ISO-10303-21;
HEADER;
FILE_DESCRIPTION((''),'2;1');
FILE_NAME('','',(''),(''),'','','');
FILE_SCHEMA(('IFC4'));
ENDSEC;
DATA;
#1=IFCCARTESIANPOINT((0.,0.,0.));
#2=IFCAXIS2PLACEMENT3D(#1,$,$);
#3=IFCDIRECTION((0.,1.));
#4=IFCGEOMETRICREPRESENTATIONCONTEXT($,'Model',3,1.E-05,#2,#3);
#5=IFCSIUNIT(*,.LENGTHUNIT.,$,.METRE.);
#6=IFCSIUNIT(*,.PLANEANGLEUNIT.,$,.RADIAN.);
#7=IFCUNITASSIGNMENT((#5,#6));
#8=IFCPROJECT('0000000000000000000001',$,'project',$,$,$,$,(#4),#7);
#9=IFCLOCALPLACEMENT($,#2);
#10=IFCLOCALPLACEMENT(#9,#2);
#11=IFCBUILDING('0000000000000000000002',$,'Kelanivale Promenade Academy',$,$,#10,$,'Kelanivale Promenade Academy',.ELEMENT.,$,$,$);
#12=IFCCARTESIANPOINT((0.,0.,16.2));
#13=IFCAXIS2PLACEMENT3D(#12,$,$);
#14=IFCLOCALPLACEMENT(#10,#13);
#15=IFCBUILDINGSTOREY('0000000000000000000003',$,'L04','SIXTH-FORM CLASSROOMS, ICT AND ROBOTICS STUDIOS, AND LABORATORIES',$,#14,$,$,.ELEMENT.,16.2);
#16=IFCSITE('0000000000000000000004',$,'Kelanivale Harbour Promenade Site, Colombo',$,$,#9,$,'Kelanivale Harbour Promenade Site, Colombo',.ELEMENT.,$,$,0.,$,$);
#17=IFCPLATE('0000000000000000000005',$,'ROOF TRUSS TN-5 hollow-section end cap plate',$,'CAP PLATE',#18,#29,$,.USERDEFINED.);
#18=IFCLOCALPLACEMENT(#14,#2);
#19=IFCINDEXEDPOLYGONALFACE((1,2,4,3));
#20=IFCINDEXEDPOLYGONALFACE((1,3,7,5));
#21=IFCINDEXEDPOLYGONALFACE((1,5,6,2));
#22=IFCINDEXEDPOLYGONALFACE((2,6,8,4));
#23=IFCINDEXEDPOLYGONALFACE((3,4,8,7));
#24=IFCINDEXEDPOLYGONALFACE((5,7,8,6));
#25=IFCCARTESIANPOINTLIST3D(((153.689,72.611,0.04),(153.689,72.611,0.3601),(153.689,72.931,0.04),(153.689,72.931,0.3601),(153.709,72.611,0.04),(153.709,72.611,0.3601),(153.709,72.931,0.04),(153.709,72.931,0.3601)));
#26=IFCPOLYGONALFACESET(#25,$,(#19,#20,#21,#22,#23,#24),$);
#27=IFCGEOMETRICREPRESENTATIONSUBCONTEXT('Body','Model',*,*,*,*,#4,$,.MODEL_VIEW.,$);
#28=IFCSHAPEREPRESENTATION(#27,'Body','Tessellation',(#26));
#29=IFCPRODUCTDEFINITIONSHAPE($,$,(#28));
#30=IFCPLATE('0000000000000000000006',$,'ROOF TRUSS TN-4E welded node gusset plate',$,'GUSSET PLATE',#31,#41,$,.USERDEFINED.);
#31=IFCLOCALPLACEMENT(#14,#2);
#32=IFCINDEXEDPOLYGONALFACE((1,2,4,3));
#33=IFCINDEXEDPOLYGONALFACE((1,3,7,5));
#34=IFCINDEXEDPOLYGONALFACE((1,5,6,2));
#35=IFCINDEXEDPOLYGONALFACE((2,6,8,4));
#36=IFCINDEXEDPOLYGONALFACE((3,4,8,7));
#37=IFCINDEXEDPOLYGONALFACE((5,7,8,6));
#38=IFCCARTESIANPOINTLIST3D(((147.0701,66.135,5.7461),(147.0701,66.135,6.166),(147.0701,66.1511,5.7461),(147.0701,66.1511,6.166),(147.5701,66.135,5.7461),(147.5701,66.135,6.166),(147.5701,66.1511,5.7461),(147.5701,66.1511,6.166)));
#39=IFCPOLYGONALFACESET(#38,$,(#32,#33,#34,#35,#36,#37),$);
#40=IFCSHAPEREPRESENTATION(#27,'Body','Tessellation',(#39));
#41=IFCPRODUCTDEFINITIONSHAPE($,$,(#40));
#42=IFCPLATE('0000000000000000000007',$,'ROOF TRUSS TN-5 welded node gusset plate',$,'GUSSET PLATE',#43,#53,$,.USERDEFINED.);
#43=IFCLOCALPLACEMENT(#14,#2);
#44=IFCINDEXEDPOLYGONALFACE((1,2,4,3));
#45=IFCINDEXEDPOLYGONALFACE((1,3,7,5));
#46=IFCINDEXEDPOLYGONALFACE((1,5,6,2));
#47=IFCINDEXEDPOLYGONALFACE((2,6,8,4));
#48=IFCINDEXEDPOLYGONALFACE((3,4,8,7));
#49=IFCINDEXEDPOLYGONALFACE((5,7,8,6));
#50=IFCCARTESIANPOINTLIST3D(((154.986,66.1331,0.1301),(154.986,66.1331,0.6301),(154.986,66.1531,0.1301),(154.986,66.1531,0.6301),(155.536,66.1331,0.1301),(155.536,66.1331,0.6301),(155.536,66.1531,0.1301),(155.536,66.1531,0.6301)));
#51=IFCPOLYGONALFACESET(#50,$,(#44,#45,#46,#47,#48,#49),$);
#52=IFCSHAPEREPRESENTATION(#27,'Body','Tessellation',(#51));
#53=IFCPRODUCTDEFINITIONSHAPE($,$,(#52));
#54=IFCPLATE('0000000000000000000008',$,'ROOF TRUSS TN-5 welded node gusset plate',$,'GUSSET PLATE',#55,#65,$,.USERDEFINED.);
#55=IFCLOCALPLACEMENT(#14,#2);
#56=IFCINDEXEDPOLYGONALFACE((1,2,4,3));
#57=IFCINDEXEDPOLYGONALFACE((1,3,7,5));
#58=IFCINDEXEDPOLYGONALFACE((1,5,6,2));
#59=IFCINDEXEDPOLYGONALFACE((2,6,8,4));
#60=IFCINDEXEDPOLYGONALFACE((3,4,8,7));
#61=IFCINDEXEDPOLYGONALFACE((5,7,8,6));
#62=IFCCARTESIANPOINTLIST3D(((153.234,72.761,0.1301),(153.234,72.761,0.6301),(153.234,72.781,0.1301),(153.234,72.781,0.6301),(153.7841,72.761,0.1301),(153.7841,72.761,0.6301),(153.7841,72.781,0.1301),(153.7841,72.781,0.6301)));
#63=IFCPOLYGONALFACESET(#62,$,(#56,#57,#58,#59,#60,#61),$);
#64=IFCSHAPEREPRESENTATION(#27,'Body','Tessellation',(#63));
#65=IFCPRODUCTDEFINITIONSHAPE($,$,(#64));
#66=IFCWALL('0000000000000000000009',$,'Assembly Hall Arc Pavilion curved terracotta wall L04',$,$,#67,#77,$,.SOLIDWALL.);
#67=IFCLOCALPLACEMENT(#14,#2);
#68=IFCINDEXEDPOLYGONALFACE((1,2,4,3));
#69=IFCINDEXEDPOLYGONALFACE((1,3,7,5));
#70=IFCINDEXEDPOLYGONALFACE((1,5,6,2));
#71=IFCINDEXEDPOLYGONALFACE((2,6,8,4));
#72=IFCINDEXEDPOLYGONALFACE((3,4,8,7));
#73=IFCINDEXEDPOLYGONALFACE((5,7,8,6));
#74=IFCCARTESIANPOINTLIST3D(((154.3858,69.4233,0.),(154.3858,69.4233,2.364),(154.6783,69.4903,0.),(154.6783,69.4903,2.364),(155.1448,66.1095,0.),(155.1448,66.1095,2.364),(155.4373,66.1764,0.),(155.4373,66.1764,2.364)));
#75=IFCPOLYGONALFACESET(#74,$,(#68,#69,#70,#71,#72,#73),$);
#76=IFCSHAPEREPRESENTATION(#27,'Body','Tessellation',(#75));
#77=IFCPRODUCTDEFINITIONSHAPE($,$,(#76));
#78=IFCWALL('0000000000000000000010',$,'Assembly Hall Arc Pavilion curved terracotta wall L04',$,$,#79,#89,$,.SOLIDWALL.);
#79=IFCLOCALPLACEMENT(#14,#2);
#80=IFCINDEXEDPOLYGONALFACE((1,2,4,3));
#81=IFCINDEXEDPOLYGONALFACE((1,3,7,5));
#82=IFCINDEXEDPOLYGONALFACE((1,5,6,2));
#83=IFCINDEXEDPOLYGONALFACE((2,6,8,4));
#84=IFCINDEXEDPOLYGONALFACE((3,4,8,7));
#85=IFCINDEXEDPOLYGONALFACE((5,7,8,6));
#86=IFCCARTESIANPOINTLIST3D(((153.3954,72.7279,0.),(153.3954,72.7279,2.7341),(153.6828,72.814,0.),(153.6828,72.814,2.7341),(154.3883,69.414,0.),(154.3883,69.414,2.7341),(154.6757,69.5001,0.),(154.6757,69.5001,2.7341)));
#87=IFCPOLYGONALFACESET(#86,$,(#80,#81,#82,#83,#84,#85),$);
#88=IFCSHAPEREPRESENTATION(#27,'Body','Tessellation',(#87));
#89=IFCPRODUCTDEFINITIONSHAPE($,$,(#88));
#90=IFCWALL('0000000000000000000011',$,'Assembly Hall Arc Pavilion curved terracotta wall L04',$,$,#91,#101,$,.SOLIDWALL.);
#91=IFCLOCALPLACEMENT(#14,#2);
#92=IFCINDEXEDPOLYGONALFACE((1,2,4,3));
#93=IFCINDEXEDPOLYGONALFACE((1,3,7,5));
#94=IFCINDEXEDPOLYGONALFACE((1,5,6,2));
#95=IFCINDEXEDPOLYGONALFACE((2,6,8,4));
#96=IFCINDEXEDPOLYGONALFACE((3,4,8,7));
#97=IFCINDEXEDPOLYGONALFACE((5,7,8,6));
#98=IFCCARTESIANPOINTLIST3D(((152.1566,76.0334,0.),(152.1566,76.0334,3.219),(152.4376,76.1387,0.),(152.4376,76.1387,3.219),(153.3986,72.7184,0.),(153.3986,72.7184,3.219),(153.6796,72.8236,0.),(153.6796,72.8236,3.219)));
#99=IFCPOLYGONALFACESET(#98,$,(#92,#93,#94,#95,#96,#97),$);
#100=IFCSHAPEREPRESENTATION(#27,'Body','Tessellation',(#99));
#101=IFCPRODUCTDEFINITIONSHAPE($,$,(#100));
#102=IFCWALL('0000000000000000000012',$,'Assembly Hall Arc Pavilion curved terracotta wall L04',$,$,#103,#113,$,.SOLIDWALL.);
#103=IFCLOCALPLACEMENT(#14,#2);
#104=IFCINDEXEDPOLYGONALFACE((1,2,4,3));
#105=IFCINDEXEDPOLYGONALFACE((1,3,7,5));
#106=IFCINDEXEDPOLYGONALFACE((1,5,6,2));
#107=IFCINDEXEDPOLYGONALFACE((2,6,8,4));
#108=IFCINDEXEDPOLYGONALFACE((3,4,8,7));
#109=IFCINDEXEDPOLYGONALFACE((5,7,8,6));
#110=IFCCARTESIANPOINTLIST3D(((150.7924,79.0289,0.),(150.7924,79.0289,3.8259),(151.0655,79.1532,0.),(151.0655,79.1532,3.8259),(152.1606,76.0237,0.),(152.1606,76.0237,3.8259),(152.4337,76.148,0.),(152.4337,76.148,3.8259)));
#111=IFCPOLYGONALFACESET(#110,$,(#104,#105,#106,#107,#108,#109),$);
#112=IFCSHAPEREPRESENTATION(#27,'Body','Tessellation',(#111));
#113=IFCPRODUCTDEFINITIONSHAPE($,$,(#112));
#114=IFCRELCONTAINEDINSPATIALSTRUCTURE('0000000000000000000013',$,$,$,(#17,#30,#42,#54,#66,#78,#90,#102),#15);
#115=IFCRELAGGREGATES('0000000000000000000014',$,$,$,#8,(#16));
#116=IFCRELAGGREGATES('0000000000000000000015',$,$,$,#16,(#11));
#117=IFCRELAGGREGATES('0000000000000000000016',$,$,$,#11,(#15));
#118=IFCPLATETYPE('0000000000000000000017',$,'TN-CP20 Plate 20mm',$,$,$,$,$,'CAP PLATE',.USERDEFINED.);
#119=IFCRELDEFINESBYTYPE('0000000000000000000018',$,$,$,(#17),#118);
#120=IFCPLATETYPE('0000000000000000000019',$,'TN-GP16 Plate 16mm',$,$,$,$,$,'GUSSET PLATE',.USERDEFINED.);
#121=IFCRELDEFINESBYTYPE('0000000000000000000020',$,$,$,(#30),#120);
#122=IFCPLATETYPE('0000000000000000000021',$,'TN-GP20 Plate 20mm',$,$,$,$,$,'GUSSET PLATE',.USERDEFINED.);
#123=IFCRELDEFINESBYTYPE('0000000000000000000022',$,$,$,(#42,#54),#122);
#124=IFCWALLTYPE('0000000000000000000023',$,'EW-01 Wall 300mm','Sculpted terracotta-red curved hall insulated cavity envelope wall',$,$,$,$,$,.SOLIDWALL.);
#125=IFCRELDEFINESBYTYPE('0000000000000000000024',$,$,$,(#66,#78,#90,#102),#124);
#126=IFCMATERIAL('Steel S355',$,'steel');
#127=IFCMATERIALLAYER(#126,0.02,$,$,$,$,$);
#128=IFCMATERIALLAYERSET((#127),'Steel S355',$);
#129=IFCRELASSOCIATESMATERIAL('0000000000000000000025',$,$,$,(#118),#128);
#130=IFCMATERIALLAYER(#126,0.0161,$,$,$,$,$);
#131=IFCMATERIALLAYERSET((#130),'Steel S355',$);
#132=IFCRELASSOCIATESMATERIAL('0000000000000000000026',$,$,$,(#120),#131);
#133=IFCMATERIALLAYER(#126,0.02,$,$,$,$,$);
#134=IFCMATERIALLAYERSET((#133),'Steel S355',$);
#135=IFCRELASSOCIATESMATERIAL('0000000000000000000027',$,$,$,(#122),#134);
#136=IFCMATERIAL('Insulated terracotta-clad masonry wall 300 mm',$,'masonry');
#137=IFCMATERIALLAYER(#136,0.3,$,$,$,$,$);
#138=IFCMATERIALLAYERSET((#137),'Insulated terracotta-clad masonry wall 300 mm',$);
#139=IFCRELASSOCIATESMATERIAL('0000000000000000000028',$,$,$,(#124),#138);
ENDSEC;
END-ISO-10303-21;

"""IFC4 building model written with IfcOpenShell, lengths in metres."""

from ifc_helpers import new_model, si_unit, direction, frame, frame_2d, origin, origin_2d, place, context, subcontext, project, spatial, rectangle, extrude, material, layer, layer_set, type_object, element, save


model = new_model("IFC4")

# Units and contexts
model_context = context("Model", 3, precision=1e-05, world=origin(), true_north=direction((0.0, 1.0)))
body_context = subcontext(model_context, "Body", "Model", "MODEL_VIEW")
ifc_project = project(units=[si_unit("LENGTHUNIT", "METRE"), si_unit("PLANEANGLEUNIT", "RADIAN")], contexts=[model_context])

# Site, building, storey
site_placement = place(None, origin())
site = spatial("IfcSite", under=ifc_project, at=site_placement, Name="Kelanivale Harbour Promenade Site, Colombo", LongName="Kelanivale Harbour Promenade Site, Colombo", CompositionType="ELEMENT", RefElevation=0.0)
building_placement = place(site_placement, origin())
building = spatial("IfcBuilding", under=site, at=building_placement, Name="Kelanivale Promenade Academy", LongName="Kelanivale Promenade Academy", CompositionType="ELEMENT")
storey_placement = place(building_placement, frame((0.0, 0.0, 16.2)))
storey = spatial("IfcBuildingStorey", under=building, at=storey_placement, Name="L04", Description="SIXTH-FORM CLASSROOMS, ICT AND ROBOTICS STUDIOS, AND LABORATORIES", CompositionType="ELEMENT", Elevation=16.2)

# Shared definitions
ifc_material_1 = material(Name="Steel S355", Category="steel")

# Plates
ifc_layer_1 = layer(ifc_material_1, 0.02)
ifc_layer_set_1 = layer_set([ifc_layer_1], Name="Steel S355")
plate_type_1 = type_object("IfcPlateType", Name="TN-CP20 Plate 20mm", ElementType="CAP PLATE", PredefinedType="USERDEFINED", material=ifc_layer_set_1)
for number, where, z_axis, x_axis, name in (
    (1, (153.699, 72.771, 0.04), (0.0, 0.0, 1.0), (1.0, 0.0, 0.0), "ROOF TRUSS TN-5 hollow-section end cap plate"),
):
    element("IfcPlate", number, at=place(storey_placement, frame(where, z_axis=z_axis, x_axis=x_axis)), inside=storey, type_object=plate_type_1, Name=name, ObjectType="CAP PLATE", PredefinedType="USERDEFINED", context=body_context, shape_type="SweptSolid", body=[
        extrude(rectangle(XDim=0.02, YDim=0.3201, at=origin_2d()), origin(), (0.0, 0.0, 1.0), 0.3201),
    ])
ifc_layer_2 = layer(ifc_material_1, 0.0161)
ifc_layer_set_2 = layer_set([ifc_layer_2], Name="Steel S355")
plate_type_2 = type_object("IfcPlateType", Name="TN-GP16 Plate 16mm", ElementType="GUSSET PLATE", PredefinedType="USERDEFINED", material=ifc_layer_set_2)
plate_1_placement = place(storey_placement, frame((147.3201, 66.1431, 5.7461), z_axis=(0.0, 0.0, 1.0), x_axis=(1.0, 0.0, 0.0)))
element("IfcPlate", 2, at=plate_1_placement, inside=storey, type_object=plate_type_2, Name="ROOF TRUSS TN-4E welded node gusset plate", ObjectType="GUSSET PLATE", PredefinedType="USERDEFINED", context=body_context, shape_type="SweptSolid", body=[
    extrude(rectangle(XDim=0.5, YDim=0.0161, at=origin_2d()), origin(), (0.0, 0.0, 1.0), 0.4199),
])
ifc_layer_3 = layer(ifc_material_1, 0.02)
ifc_layer_set_3 = layer_set([ifc_layer_3], Name="Steel S355")
plate_type_3 = type_object("IfcPlateType", Name="TN-GP20 Plate 20mm", ElementType="GUSSET PLATE", PredefinedType="USERDEFINED", material=ifc_layer_set_3)
for number, where, z_axis, x_axis, name in (
    (3, (155.261, 66.1431, 0.1301), (0.0, 0.0, 1.0), (1.0, 0.0, 0.0), "ROOF TRUSS TN-5 welded node gusset plate"),
    (4, (153.509, 72.771, 0.1301), (0.0, 0.0, 1.0), (1.0, 0.0, 0.0), "ROOF TRUSS TN-5 welded node gusset plate"),
):
    element("IfcPlate", number, at=place(storey_placement, frame(where, z_axis=z_axis, x_axis=x_axis)), inside=storey, type_object=plate_type_3, Name=name, ObjectType="GUSSET PLATE", PredefinedType="USERDEFINED", context=body_context, shape_type="SweptSolid", body=[
        extrude(rectangle(XDim=0.55, YDim=0.02, at=origin_2d()), origin(), (0.0, 0.0, 1.0), 0.5),
    ])

# Walls
ifc_material_2 = material(Name="Insulated terracotta-clad masonry wall 300 mm", Category="masonry")
ifc_layer_4 = layer(ifc_material_2, 0.3)
ifc_layer_set_4 = layer_set([ifc_layer_4], Name="Insulated terracotta-clad masonry wall 300 mm")
wall_type = type_object("IfcWallType", Name="EW-01 Wall 300mm", Description="Sculpted terracotta-red curved hall insulated cavity envelope wall", PredefinedType="SOLIDWALL", material=ifc_layer_set_4)
wall_1_placement = place(storey_placement, frame((155.291, 66.1431, 0.0), z_axis=(0.0, 0.0, 1.0), x_axis=(-0.22326, 0.974759, 0.0)))
element("IfcWall", 5, at=wall_1_placement, inside=storey, type_object=wall_type, Name="Assembly Hall Arc Pavilion curved terracotta wall L04", PredefinedType="SOLIDWALL", context=body_context, shape_type="SweptSolid", body=[
    extrude(rectangle(XDim=3.3997, YDim=0.3, at=frame_2d((1.6997, 0.0))), origin(), (0.0, 0.0, 1.0), 2.364),
])
wall_2_placement = place(storey_placement, frame((154.532, 69.457, 0.0), z_axis=(0.0, 0.0, 1.0), x_axis=(-0.287011, 0.957927, 0.0)))
element("IfcWall", 6, at=wall_2_placement, inside=storey, type_object=wall_type, Name="Assembly Hall Arc Pavilion curved terracotta wall L04", PredefinedType="SOLIDWALL", context=body_context, shape_type="SweptSolid", body=[
    extrude(rectangle(XDim=3.4595, YDim=0.3, at=frame_2d((1.7297, 0.0))), origin(), (0.0, 0.0, 1.0), 2.7341),
])
wall_3_placement = place(storey_placement, frame((153.5391, 72.771, 0.0), z_axis=(0.0, 0.0, 1.0), x_axis=(-0.350836, 0.936437, 0.0)))
element("IfcWall", 7, at=wall_3_placement, inside=storey, type_object=wall_type, Name="Assembly Hall Arc Pavilion curved terracotta wall L04", PredefinedType="SOLIDWALL", context=body_context, shape_type="SweptSolid", body=[
    extrude(rectangle(XDim=3.54, YDim=0.3, at=frame_2d((1.77, 0.0))), origin(), (0.0, 0.0, 1.0), 3.219),
])
wall_4_placement = place(storey_placement, frame((152.2971, 76.0859, 0.0), z_axis=(0.0, 0.0, 1.0), x_axis=(-0.414354, 0.910116, 0.0)))
element("IfcWall", 8, at=wall_4_placement, inside=storey, type_object=wall_type, Name="Assembly Hall Arc Pavilion curved terracotta wall L04", PredefinedType="SOLIDWALL", context=body_context, shape_type="SweptSolid", body=[
    extrude(rectangle(XDim=3.302, YDim=0.3, at=frame_2d((1.6509, 0.0))), origin(), (0.0, 0.0, 1.0), 3.8259),
])

save(model, "model.ifc")
